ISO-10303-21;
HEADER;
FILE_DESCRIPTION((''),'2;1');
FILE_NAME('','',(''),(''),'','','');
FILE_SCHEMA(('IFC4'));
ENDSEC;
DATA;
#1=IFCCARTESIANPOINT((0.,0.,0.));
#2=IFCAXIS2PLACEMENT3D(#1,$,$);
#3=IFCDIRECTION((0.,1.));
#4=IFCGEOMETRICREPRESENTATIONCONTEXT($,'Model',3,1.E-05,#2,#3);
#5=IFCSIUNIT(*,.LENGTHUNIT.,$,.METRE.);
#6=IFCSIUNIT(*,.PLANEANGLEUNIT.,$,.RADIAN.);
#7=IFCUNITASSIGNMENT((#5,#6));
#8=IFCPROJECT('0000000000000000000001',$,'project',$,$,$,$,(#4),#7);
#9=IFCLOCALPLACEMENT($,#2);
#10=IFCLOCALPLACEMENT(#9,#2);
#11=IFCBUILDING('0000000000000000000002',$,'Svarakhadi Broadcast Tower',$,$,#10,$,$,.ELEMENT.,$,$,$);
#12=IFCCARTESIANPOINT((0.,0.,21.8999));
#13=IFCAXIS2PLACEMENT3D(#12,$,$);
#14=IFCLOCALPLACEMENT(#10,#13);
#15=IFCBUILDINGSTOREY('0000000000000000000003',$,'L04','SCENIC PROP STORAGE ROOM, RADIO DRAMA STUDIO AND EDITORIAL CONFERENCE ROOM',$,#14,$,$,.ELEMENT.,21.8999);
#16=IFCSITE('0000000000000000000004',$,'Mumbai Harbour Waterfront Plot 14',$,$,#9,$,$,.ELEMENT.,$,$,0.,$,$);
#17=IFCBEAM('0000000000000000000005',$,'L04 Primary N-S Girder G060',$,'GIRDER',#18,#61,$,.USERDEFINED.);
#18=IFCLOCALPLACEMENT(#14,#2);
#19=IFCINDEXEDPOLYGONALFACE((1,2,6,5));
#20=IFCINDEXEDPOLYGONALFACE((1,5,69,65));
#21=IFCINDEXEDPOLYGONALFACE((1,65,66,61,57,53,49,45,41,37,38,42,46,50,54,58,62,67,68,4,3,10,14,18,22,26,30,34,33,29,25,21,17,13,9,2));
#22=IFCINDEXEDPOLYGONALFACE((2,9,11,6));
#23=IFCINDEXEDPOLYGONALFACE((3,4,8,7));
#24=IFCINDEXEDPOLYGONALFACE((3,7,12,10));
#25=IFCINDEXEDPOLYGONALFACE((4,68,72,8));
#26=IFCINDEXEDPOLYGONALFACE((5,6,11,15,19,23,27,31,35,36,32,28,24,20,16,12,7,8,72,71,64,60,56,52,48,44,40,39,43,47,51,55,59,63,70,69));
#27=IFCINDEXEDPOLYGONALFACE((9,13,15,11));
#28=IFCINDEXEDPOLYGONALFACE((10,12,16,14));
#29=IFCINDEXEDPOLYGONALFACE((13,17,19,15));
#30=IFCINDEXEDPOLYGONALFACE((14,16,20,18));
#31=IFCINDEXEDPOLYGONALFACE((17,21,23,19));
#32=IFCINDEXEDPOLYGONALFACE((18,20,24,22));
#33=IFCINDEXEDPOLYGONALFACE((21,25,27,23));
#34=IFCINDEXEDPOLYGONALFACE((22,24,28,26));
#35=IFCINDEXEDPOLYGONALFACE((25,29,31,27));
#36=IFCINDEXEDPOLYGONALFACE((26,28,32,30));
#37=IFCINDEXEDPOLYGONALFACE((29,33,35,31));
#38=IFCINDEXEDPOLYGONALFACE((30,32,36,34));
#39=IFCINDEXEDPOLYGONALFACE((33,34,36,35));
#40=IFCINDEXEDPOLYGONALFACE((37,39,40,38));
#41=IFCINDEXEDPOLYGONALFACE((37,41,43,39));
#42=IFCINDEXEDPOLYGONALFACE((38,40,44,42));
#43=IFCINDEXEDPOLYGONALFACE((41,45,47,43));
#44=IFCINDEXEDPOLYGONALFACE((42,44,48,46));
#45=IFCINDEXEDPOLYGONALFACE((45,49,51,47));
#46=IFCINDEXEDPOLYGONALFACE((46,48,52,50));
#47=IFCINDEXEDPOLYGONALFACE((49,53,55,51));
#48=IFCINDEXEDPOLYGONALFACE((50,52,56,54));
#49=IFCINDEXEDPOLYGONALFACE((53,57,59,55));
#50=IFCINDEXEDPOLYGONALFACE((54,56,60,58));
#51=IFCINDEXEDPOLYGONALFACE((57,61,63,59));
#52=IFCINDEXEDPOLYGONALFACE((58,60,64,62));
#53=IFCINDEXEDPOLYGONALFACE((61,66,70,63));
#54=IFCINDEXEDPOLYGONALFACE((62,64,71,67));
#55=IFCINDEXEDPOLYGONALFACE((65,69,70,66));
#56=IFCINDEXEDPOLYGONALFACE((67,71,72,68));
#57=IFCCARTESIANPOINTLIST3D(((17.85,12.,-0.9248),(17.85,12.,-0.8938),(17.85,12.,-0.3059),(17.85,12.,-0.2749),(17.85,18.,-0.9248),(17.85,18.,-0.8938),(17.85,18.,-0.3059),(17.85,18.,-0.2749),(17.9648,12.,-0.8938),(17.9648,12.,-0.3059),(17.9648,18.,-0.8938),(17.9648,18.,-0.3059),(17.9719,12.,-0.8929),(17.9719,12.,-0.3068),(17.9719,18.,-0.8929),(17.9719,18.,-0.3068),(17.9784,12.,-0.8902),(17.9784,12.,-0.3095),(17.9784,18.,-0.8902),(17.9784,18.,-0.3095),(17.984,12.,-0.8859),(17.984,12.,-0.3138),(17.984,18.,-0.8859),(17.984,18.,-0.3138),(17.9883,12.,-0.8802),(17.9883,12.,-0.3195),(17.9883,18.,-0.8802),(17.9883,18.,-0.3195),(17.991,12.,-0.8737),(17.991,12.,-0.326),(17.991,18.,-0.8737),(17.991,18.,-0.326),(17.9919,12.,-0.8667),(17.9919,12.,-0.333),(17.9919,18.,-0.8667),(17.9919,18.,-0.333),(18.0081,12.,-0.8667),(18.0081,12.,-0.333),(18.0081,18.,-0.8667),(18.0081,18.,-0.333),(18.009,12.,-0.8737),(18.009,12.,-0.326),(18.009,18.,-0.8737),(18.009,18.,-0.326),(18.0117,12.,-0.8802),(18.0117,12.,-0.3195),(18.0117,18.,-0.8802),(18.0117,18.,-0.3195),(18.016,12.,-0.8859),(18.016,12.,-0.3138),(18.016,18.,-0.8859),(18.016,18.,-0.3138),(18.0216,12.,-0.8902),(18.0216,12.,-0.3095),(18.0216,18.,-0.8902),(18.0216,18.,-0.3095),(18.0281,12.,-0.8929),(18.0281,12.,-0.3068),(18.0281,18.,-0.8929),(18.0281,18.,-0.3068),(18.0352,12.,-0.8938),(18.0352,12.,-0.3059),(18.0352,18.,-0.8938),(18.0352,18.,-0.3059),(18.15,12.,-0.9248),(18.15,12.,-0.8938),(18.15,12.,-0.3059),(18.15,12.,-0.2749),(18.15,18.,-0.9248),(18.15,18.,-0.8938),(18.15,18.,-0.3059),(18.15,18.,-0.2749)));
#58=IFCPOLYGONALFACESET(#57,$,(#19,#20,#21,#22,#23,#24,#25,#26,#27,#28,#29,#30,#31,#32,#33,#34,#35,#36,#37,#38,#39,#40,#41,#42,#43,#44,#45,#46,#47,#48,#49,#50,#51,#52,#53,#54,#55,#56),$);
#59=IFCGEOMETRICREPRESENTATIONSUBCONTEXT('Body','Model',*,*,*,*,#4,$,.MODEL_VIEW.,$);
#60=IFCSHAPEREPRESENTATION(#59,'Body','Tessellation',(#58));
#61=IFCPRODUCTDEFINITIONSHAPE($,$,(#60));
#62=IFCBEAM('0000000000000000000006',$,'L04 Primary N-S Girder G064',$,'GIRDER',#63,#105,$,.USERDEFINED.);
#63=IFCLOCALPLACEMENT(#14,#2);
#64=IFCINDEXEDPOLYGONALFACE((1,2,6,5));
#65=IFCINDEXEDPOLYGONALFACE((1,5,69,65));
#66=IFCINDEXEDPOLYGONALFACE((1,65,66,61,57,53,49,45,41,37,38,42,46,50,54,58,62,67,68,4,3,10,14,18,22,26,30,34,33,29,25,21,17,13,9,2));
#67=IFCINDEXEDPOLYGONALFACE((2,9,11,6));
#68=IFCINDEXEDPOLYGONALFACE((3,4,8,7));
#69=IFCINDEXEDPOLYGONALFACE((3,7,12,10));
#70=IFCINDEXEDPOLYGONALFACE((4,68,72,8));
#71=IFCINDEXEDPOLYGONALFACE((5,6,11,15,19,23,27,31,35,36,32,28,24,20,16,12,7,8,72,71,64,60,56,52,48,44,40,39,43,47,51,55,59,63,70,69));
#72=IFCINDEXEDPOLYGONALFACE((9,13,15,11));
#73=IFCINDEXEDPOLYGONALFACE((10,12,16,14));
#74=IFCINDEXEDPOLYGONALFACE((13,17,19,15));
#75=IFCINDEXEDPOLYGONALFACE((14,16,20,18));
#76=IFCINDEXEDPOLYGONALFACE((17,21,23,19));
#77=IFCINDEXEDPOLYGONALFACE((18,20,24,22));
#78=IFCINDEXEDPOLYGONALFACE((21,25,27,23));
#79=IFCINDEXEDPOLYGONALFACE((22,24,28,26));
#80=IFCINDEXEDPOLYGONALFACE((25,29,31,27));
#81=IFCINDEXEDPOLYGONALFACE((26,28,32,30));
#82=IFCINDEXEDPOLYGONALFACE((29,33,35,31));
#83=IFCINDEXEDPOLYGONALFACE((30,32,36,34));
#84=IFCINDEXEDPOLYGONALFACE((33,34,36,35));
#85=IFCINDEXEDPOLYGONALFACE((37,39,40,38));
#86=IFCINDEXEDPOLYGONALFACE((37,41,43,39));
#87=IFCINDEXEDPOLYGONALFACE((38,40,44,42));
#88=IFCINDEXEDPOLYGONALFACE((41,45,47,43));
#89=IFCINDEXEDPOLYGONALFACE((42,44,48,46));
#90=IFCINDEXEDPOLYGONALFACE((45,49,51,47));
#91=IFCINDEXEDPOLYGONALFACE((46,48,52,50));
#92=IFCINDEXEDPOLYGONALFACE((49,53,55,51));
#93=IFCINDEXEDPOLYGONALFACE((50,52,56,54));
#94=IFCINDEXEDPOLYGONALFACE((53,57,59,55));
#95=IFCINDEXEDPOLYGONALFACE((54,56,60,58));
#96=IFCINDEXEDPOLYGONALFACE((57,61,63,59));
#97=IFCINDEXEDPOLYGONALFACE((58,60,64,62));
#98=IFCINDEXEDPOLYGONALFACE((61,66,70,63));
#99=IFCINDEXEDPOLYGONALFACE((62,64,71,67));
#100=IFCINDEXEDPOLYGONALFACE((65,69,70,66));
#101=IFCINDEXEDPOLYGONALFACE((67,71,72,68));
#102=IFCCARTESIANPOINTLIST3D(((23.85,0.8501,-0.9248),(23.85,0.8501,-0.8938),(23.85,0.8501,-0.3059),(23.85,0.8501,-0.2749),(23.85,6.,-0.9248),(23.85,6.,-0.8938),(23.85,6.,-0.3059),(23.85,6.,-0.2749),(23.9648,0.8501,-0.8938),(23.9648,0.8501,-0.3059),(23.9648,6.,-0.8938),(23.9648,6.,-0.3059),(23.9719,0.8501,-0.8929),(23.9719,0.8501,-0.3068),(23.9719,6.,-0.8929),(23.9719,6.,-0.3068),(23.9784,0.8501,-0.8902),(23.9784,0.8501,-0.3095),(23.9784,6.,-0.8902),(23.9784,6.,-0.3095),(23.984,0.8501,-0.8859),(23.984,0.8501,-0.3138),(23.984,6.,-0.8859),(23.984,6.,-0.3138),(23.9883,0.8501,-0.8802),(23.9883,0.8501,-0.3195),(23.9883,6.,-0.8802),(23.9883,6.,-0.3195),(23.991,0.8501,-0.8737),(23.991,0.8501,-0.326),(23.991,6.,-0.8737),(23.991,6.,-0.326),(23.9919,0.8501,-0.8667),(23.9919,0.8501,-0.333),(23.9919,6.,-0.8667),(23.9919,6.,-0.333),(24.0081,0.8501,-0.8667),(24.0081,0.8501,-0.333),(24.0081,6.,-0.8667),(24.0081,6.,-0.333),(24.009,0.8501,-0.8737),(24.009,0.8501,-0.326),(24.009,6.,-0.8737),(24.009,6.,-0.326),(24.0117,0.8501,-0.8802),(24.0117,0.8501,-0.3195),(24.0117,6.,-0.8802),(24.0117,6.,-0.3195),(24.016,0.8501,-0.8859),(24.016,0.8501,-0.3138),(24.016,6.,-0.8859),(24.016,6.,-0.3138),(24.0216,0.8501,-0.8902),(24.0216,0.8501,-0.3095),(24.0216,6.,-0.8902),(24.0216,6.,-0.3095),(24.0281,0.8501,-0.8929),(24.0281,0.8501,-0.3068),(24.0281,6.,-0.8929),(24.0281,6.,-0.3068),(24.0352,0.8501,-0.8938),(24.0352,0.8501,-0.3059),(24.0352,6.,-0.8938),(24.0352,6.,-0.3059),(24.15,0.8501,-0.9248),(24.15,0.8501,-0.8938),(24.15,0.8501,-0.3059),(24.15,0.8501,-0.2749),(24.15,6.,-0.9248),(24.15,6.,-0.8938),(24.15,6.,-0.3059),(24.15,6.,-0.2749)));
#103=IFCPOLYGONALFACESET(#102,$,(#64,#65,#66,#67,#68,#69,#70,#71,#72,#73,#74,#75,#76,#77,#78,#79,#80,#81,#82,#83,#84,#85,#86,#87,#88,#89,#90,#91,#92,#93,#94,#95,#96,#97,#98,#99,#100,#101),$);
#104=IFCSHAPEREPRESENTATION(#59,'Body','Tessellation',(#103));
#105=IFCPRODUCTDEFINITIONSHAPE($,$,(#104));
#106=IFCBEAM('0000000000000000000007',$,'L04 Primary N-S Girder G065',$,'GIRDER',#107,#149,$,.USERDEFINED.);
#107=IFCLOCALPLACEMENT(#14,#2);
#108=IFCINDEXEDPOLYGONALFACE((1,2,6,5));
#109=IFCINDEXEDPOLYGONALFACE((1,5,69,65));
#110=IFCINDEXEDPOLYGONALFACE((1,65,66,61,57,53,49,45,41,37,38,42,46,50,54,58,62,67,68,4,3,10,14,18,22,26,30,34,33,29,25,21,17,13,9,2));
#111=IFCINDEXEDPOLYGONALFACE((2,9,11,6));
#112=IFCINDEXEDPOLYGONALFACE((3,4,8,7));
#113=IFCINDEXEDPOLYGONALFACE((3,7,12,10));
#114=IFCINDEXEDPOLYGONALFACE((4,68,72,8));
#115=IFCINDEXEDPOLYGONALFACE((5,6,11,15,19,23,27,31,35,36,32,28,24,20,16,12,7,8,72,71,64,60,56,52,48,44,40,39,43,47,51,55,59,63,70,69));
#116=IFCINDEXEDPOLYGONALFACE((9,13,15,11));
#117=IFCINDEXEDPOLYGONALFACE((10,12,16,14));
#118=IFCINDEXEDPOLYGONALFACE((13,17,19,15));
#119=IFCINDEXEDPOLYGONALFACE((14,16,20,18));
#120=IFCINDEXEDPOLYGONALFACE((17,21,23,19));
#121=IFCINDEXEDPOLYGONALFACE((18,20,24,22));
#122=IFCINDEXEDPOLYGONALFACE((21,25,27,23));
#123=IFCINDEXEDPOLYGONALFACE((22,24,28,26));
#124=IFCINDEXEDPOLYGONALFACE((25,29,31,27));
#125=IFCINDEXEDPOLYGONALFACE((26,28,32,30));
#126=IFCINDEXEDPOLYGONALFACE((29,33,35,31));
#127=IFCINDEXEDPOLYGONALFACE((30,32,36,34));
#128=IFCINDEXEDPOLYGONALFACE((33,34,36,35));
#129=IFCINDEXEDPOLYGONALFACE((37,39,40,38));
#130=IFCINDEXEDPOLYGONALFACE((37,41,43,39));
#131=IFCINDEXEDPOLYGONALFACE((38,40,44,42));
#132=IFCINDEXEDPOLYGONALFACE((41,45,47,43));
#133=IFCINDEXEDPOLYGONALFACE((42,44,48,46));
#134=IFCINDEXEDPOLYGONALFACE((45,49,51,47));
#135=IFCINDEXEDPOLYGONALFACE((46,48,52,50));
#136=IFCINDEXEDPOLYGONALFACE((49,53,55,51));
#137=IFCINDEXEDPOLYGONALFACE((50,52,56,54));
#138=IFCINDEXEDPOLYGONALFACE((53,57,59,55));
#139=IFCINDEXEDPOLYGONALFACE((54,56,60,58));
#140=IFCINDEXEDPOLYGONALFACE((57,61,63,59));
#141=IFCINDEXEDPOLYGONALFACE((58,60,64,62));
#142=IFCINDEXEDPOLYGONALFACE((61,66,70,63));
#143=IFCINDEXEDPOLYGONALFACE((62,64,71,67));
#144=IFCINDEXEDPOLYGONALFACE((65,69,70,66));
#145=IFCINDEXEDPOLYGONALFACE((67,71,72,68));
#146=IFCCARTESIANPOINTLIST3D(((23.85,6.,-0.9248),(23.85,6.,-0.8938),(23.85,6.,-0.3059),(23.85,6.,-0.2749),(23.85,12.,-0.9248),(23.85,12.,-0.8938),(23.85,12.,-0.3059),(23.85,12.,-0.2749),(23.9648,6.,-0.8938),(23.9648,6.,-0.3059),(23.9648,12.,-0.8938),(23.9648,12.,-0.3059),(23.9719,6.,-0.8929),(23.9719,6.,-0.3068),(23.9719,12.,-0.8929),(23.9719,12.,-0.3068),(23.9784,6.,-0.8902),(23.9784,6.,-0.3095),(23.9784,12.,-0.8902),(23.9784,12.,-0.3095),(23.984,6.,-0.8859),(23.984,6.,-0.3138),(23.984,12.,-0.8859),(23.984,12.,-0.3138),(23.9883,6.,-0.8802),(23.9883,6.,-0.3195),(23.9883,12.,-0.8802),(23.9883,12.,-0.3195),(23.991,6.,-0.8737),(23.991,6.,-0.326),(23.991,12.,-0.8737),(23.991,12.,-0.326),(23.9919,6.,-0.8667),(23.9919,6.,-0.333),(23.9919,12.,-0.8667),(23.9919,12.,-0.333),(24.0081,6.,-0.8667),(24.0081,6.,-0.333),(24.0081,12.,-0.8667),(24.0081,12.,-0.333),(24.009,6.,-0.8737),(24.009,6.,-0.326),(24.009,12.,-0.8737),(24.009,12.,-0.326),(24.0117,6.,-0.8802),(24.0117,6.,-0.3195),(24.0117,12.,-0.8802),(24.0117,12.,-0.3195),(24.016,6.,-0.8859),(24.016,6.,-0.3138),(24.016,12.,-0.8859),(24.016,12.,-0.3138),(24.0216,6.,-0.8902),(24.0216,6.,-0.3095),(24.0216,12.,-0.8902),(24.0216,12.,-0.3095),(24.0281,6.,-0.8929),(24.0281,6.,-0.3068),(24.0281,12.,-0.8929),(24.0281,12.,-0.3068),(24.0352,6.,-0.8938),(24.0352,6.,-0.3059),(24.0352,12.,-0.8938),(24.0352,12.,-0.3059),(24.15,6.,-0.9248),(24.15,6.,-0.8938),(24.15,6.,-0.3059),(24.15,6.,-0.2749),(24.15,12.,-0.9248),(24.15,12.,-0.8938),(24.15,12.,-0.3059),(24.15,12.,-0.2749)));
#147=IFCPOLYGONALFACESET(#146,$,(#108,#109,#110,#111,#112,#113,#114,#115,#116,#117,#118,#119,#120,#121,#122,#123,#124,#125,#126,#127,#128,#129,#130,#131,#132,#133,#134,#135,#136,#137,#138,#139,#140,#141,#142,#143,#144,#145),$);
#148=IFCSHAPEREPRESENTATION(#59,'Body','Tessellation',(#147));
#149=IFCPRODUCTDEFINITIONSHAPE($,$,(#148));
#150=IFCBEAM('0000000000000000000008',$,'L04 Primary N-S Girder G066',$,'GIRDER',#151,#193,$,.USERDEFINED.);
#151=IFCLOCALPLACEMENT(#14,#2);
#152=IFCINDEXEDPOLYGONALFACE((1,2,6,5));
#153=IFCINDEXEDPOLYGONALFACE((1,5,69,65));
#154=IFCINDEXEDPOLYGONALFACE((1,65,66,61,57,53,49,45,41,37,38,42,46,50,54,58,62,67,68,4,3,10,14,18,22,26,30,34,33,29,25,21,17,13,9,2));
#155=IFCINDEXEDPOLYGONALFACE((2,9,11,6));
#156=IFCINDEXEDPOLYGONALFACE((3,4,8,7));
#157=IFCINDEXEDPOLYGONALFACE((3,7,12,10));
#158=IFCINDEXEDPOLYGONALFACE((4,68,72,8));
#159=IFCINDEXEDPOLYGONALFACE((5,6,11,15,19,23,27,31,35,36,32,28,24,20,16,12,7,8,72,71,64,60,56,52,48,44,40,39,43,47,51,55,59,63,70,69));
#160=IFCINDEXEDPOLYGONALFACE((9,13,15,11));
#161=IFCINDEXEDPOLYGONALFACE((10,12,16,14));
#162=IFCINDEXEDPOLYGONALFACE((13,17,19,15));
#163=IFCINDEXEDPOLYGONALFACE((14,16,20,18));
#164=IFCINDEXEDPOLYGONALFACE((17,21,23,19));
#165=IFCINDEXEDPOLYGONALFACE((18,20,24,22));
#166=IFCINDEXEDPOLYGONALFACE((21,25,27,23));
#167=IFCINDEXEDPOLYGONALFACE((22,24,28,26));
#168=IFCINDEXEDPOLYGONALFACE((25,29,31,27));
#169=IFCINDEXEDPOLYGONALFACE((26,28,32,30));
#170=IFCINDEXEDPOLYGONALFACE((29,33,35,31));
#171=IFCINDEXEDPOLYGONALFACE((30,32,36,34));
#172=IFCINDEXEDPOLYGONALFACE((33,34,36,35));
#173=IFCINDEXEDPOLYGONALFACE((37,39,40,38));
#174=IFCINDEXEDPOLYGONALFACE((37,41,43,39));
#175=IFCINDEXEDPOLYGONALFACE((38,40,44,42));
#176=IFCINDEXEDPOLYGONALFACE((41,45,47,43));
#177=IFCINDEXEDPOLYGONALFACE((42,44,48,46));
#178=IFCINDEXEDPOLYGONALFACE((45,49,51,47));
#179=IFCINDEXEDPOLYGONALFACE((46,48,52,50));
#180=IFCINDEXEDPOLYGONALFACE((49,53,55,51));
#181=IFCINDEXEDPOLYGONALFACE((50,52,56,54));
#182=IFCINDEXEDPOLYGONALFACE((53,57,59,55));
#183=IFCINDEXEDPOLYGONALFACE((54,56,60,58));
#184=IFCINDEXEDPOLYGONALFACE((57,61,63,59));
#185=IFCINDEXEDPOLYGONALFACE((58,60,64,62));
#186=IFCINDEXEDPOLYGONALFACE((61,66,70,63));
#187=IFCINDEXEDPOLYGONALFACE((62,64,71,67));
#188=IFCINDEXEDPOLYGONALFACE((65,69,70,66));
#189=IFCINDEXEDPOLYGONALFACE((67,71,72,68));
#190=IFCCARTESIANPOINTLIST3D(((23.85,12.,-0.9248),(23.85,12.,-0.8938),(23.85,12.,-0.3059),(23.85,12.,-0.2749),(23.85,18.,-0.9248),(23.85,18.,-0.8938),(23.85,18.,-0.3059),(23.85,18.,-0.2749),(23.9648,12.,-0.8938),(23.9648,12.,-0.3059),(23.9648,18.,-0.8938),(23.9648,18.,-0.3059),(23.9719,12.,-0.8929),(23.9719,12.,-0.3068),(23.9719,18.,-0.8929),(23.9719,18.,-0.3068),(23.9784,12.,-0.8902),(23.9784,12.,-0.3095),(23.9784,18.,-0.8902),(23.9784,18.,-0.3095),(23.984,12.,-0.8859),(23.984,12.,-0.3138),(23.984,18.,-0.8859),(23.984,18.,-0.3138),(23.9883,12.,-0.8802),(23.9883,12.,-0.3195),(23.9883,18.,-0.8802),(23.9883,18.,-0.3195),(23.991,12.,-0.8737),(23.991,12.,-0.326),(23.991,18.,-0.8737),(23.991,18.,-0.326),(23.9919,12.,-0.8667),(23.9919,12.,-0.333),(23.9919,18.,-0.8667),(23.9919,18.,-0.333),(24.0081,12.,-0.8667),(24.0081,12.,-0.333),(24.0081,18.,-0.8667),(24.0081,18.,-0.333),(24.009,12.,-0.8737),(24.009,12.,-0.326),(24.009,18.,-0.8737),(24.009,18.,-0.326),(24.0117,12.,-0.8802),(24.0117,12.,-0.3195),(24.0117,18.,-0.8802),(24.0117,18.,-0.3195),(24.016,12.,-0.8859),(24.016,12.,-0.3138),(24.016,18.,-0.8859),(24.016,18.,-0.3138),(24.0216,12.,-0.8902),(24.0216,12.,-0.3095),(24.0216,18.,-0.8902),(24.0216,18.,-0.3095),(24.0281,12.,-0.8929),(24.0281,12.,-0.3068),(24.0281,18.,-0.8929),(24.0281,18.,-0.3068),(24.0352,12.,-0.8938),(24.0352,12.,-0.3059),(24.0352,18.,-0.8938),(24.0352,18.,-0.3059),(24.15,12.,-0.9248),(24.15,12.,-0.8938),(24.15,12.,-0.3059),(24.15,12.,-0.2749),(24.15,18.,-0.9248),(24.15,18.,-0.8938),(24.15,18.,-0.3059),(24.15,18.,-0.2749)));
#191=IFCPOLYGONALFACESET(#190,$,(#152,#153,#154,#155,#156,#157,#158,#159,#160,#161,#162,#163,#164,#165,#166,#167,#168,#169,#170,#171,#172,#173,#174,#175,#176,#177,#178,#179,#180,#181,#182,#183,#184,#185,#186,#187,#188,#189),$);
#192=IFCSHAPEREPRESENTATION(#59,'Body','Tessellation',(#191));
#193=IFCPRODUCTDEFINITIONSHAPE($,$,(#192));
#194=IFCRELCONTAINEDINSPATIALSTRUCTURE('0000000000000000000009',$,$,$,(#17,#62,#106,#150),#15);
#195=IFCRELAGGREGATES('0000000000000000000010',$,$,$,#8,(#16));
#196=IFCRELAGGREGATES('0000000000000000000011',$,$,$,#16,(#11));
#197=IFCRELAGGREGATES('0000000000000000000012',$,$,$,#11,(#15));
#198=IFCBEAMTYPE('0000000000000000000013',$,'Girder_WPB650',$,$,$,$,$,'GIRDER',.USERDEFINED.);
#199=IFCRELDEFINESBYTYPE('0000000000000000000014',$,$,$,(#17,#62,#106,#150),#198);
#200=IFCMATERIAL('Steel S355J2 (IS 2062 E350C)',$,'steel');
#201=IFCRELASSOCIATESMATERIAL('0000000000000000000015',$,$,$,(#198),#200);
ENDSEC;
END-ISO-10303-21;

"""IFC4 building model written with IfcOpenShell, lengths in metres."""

from ifc_helpers import new_model, si_unit, direction, frame, origin, origin_2d, place, context, subcontext, project, spatial, i_section, extrude, material, material_profile, profile_set, type_object, element, save


model = new_model("IFC4")

# Units and contexts
model_context = context("Model", 3, precision=1e-05, world=origin(), true_north=direction((0.0, 1.0)))
body_context = subcontext(model_context, "Body", "Model", "MODEL_VIEW")
ifc_project = project(units=[si_unit("LENGTHUNIT", "METRE"), si_unit("PLANEANGLEUNIT", "RADIAN")], contexts=[model_context])

# Site, building, storey
site_placement = place(None, origin())
site = spatial("IfcSite", under=ifc_project, at=site_placement, Name="Mumbai Harbour Waterfront Plot 14", CompositionType="ELEMENT", RefElevation=0.0)
building_placement = place(site_placement, origin())
building = spatial("IfcBuilding", under=site, at=building_placement, Name="Svarakhadi Broadcast Tower", CompositionType="ELEMENT")
storey_placement = place(building_placement, frame((0.0, 0.0, 21.8999)))
storey = spatial("IfcBuildingStorey", under=building, at=storey_placement, Name="L04", Description="SCENIC PROP STORAGE ROOM, RADIO DRAMA STUDIO AND EDITORIAL CONFERENCE ROOM", CompositionType="ELEMENT", Elevation=21.8999)

# Shared definitions
ifc_material_1 = material(Name="Steel S355J2 (IS 2062 E350C)", Category="steel")

# Beams
ifc_material_profile_1 = material_profile(ifc_material_1, i_section(OverallWidth=0.3, OverallDepth=0.6499, WebThickness=0.0161, FlangeThickness=0.031, FilletRadius=0.0271, at=origin_2d()), Name="WPB 650x300x225")
ifc_profile_set_1 = profile_set([ifc_material_profile_1], Name="Steel S355J2 (IS 2062 E350C)")
beam_type_1 = type_object("IfcBeamType", Name="Girder_WPB650", ElementType="GIRDER", PredefinedType="USERDEFINED", material=ifc_profile_set_1)
for number, where, z_axis, x_axis, name in (
    (1, (18.0, 12.0, -0.5999), (0.0, 1.0, 0.0), (-1.0, 0.0, 0.0), "L04 Primary N-S Girder G060"),
):
    element("IfcBeam", number, at=place(storey_placement, frame(where, z_axis=z_axis, x_axis=x_axis)), inside=storey, type_object=beam_type_1, Name=name, ObjectType="GIRDER", PredefinedType="USERDEFINED", context=body_context, shape_type="SweptSolid", body=[
        extrude(i_section(OverallWidth=0.3, OverallDepth=0.6499, WebThickness=0.0161, FlangeThickness=0.031, FilletRadius=0.0271, at=origin_2d()), origin(), (0.0, 0.0, 1.0), 6.0),
    ])
beam_1_placement = place(storey_placement, frame((24.0, 0.8501, -0.5999), z_axis=(0.0, 1.0, 0.0), x_axis=(-1.0, 0.0, 0.0)))
element("IfcBeam", 2, at=beam_1_placement, inside=storey, type_object=beam_type_1, Name="L04 Primary N-S Girder G064", ObjectType="GIRDER", PredefinedType="USERDEFINED", context=body_context, shape_type="SweptSolid", body=[
    extrude(i_section(OverallWidth=0.3, OverallDepth=0.6499, WebThickness=0.0161, FlangeThickness=0.031, FilletRadius=0.0271, at=origin_2d()), origin(), (0.0, 0.0, 1.0), 5.1499),
])
for number, where, z_axis, x_axis, name in (
    (3, (24.0, 6.0, -0.5999), (0.0, 1.0, 0.0), (-1.0, 0.0, 0.0), "L04 Primary N-S Girder G065"),
    (4, (24.0, 12.0, -0.5999), (0.0, 1.0, 0.0), (-1.0, 0.0, 0.0), "L04 Primary N-S Girder G066"),
):
    element("IfcBeam", number, at=place(storey_placement, frame(where, z_axis=z_axis, x_axis=x_axis)), inside=storey, type_object=beam_type_1, Name=name, ObjectType="GIRDER", PredefinedType="USERDEFINED", context=body_context, shape_type="SweptSolid", body=[
        extrude(i_section(OverallWidth=0.3, OverallDepth=0.6499, WebThickness=0.0161, FlangeThickness=0.031, FilletRadius=0.0271, at=origin_2d()), origin(), (0.0, 0.0, 1.0), 6.0),
    ])

save(model, "model.ifc")
